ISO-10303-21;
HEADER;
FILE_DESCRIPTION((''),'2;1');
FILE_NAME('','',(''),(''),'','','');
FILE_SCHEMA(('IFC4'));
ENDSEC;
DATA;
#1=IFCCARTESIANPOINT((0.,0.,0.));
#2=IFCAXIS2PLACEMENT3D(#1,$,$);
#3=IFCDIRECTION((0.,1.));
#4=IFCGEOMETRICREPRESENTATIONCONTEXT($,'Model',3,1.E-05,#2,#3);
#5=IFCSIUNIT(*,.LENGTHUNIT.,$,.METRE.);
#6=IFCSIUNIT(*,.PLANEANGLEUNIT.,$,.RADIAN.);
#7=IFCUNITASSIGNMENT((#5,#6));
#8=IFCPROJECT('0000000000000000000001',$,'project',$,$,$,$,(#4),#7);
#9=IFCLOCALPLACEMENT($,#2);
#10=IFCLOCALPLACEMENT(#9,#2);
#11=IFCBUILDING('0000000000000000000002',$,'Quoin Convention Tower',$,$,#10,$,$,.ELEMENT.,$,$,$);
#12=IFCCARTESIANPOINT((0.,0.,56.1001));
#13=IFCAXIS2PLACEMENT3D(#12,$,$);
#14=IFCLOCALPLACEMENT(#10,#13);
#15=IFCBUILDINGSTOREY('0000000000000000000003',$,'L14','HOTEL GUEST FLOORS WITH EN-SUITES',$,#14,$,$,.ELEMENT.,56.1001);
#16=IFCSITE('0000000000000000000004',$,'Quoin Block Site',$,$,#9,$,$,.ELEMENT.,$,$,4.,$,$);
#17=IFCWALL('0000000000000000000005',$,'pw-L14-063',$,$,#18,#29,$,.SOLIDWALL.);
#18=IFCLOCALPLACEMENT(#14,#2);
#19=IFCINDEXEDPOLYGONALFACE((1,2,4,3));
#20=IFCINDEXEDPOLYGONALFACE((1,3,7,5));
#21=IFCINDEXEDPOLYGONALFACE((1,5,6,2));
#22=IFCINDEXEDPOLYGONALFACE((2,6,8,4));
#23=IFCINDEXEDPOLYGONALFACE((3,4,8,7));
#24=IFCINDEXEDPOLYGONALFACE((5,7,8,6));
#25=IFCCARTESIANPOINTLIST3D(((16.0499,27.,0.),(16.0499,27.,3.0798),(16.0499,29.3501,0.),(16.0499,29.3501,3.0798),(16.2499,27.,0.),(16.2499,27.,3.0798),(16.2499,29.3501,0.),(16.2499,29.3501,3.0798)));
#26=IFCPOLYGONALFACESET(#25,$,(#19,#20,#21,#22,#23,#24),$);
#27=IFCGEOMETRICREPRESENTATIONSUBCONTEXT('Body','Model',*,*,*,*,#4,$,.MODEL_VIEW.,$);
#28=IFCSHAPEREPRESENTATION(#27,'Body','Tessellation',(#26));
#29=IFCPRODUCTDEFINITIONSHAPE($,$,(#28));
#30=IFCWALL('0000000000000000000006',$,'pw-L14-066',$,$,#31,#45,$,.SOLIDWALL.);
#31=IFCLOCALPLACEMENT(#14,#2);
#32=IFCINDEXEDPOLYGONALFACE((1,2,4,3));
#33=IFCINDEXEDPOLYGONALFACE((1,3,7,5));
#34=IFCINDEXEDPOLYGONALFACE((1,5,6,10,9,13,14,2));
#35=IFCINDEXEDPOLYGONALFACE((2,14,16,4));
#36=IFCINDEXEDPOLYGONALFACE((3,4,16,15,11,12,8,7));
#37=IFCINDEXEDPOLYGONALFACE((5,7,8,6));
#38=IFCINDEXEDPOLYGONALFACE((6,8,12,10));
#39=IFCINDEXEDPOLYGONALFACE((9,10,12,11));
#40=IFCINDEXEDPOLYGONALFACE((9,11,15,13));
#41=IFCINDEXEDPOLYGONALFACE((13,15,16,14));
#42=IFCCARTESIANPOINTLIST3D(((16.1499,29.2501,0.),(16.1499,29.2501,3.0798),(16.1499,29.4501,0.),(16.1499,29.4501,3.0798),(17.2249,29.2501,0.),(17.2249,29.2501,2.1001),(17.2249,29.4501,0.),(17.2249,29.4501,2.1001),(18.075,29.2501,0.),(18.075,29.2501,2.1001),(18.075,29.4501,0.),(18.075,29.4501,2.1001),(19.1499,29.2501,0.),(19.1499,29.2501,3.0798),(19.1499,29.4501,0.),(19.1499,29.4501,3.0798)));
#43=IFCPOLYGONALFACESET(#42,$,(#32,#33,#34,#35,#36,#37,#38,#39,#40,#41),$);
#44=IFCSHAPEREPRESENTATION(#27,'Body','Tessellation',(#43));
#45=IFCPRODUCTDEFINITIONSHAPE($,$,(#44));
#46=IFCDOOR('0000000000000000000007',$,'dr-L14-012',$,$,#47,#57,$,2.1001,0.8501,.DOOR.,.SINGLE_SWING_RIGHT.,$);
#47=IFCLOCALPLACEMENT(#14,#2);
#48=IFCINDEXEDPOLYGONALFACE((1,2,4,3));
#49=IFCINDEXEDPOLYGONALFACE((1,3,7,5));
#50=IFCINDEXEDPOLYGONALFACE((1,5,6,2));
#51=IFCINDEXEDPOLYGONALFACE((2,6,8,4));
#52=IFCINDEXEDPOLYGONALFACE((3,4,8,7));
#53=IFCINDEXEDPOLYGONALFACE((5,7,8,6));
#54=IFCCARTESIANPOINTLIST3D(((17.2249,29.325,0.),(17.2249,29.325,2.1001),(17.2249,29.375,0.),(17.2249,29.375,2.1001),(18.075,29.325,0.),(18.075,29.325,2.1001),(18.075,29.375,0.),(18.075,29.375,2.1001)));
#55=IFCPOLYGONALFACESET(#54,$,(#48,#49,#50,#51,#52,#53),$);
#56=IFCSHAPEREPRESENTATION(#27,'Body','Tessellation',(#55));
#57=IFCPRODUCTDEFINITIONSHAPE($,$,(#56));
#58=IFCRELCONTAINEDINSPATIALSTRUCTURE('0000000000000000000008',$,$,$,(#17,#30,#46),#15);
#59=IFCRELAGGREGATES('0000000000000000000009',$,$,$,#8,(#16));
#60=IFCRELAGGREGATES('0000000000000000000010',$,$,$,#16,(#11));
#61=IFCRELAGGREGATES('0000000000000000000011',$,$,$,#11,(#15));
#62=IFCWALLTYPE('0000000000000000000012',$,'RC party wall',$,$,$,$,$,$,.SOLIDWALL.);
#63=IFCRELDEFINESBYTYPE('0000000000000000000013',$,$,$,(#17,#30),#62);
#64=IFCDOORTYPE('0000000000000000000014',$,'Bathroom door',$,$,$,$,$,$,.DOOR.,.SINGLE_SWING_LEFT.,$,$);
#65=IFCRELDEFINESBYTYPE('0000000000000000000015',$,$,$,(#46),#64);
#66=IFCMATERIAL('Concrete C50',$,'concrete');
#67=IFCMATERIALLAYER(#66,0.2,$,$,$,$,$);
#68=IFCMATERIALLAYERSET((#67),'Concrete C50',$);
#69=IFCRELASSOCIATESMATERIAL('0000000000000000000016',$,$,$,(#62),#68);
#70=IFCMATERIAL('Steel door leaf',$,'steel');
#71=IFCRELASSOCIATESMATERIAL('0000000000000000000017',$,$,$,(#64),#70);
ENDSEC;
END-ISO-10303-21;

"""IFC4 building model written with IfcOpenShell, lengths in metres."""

from ifc_helpers import new_model, si_unit, direction, frame, frame_2d, origin, place, context, subcontext, project, spatial, rectangle, extrude, material, layer, layer_set, type_object, element, fill, save


model = new_model("IFC4")

# Units and contexts
model_context = context("Model", 3, precision=1e-05, world=origin(), true_north=direction((0.0, 1.0)))
body_context = subcontext(model_context, "Body", "Model", "MODEL_VIEW")
ifc_project = project(units=[si_unit("LENGTHUNIT", "METRE"), si_unit("PLANEANGLEUNIT", "RADIAN")], contexts=[model_context])

# Site, building, storey
site_placement = place(None, origin())
site = spatial("IfcSite", under=ifc_project, at=site_placement, Name="Quoin Block Site", CompositionType="ELEMENT", RefElevation=4.0)
building_placement = place(site_placement, origin())
building = spatial("IfcBuilding", under=site, at=building_placement, Name="Quoin Convention Tower", CompositionType="ELEMENT")
storey_placement = place(building_placement, frame((0.0, 0.0, 56.1001)))
storey = spatial("IfcBuildingStorey", under=building, at=storey_placement, Name="L14", Description="HOTEL GUEST FLOORS WITH EN-SUITES", CompositionType="ELEMENT", Elevation=56.1001)

# Shared definitions
ifc_material_1 = material(Name="Concrete C50", Category="concrete")

# Shared definitions
ifc_layer_1 = layer(ifc_material_1, 0.2)
ifc_layer_set_1 = layer_set([ifc_layer_1], Name="Concrete C50")
wall_type_1 = type_object("IfcWallType", Name="RC party wall", PredefinedType="SOLIDWALL", material=ifc_layer_set_1)

# Shared definitions
ifc_material_2 = material(Name="Steel door leaf", Category="steel")
door_type = type_object("IfcDoorType", Name="Bathroom door", OperationType="SINGLE_SWING_LEFT", PredefinedType="DOOR", material=ifc_material_2)

# Wall
wall_1_placement = place(storey_placement, frame((16.1499, 27.0, 0.0), z_axis=(0.0, 0.0, 1.0), x_axis=(0.0, 1.0, 0.0)))
element("IfcWall", 1, at=wall_1_placement, inside=storey, type_object=wall_type_1, Name="pw-L14-063", PredefinedType="SOLIDWALL", context=body_context, shape_type="SweptSolid", body=[
    extrude(rectangle(XDim=2.3501, YDim=0.2, at=frame_2d((1.175, 0.0))), origin(), (0.0, 0.0, 1.0), 3.0798),
])

# Wall, opening, door
wall_2_placement = place(storey_placement, frame((16.1499, 29.3501, 0.0), z_axis=(0.0, 0.0, 1.0), x_axis=(1.0, 0.0, 0.0)))
wall_2 = element("IfcWall", 2, at=wall_2_placement, inside=storey, type_object=wall_type_1, Name="pw-L14-066", PredefinedType="SOLIDWALL", context=body_context, shape_type="SweptSolid", body=[
    extrude(rectangle(XDim=3.0, YDim=0.2, at=frame_2d((1.5, 0.0))), origin(), (0.0, 0.0, 1.0), 3.0798),
])
opening_1_placement = place(wall_2_placement, frame((1.075, 0.0, 0.0)))
opening_1 = element("IfcOpeningElement", 3, at=opening_1_placement, cuts=wall_2, PredefinedType="OPENING", context=body_context, shape_type="SweptSolid", body=[
    extrude(rectangle(XDim=0.8501, YDim=2.1001, at=frame_2d((0.425, 1.05))), frame((0.0, 0.1099, 0.0), z_axis=(0.0, -1.0, 0.0), x_axis=(1.0, 0.0, 0.0)), (0.0, 0.0, 1.0), 0.22),
])
door_1_placement = place(opening_1_placement, origin())
door_1 = element("IfcDoor", 4, at=door_1_placement, inside=storey, type_object=door_type, Name="dr-L14-012", OperationType="SINGLE_SWING_RIGHT", OverallHeight=2.1001, OverallWidth=0.8501, PredefinedType="DOOR", context=body_context, shape_type="SweptSolid", body=[
    extrude(rectangle(XDim=0.8501, YDim=2.1001, at=frame_2d((0.425, 1.05))), frame((0.0, 0.0249, 0.0), z_axis=(0.0, -1.0, 0.0), x_axis=(1.0, 0.0, 0.0)), (0.0, 0.0, 1.0), 0.05),
])
fill(opening_1, door_1)

save(model, "model.ifc")
